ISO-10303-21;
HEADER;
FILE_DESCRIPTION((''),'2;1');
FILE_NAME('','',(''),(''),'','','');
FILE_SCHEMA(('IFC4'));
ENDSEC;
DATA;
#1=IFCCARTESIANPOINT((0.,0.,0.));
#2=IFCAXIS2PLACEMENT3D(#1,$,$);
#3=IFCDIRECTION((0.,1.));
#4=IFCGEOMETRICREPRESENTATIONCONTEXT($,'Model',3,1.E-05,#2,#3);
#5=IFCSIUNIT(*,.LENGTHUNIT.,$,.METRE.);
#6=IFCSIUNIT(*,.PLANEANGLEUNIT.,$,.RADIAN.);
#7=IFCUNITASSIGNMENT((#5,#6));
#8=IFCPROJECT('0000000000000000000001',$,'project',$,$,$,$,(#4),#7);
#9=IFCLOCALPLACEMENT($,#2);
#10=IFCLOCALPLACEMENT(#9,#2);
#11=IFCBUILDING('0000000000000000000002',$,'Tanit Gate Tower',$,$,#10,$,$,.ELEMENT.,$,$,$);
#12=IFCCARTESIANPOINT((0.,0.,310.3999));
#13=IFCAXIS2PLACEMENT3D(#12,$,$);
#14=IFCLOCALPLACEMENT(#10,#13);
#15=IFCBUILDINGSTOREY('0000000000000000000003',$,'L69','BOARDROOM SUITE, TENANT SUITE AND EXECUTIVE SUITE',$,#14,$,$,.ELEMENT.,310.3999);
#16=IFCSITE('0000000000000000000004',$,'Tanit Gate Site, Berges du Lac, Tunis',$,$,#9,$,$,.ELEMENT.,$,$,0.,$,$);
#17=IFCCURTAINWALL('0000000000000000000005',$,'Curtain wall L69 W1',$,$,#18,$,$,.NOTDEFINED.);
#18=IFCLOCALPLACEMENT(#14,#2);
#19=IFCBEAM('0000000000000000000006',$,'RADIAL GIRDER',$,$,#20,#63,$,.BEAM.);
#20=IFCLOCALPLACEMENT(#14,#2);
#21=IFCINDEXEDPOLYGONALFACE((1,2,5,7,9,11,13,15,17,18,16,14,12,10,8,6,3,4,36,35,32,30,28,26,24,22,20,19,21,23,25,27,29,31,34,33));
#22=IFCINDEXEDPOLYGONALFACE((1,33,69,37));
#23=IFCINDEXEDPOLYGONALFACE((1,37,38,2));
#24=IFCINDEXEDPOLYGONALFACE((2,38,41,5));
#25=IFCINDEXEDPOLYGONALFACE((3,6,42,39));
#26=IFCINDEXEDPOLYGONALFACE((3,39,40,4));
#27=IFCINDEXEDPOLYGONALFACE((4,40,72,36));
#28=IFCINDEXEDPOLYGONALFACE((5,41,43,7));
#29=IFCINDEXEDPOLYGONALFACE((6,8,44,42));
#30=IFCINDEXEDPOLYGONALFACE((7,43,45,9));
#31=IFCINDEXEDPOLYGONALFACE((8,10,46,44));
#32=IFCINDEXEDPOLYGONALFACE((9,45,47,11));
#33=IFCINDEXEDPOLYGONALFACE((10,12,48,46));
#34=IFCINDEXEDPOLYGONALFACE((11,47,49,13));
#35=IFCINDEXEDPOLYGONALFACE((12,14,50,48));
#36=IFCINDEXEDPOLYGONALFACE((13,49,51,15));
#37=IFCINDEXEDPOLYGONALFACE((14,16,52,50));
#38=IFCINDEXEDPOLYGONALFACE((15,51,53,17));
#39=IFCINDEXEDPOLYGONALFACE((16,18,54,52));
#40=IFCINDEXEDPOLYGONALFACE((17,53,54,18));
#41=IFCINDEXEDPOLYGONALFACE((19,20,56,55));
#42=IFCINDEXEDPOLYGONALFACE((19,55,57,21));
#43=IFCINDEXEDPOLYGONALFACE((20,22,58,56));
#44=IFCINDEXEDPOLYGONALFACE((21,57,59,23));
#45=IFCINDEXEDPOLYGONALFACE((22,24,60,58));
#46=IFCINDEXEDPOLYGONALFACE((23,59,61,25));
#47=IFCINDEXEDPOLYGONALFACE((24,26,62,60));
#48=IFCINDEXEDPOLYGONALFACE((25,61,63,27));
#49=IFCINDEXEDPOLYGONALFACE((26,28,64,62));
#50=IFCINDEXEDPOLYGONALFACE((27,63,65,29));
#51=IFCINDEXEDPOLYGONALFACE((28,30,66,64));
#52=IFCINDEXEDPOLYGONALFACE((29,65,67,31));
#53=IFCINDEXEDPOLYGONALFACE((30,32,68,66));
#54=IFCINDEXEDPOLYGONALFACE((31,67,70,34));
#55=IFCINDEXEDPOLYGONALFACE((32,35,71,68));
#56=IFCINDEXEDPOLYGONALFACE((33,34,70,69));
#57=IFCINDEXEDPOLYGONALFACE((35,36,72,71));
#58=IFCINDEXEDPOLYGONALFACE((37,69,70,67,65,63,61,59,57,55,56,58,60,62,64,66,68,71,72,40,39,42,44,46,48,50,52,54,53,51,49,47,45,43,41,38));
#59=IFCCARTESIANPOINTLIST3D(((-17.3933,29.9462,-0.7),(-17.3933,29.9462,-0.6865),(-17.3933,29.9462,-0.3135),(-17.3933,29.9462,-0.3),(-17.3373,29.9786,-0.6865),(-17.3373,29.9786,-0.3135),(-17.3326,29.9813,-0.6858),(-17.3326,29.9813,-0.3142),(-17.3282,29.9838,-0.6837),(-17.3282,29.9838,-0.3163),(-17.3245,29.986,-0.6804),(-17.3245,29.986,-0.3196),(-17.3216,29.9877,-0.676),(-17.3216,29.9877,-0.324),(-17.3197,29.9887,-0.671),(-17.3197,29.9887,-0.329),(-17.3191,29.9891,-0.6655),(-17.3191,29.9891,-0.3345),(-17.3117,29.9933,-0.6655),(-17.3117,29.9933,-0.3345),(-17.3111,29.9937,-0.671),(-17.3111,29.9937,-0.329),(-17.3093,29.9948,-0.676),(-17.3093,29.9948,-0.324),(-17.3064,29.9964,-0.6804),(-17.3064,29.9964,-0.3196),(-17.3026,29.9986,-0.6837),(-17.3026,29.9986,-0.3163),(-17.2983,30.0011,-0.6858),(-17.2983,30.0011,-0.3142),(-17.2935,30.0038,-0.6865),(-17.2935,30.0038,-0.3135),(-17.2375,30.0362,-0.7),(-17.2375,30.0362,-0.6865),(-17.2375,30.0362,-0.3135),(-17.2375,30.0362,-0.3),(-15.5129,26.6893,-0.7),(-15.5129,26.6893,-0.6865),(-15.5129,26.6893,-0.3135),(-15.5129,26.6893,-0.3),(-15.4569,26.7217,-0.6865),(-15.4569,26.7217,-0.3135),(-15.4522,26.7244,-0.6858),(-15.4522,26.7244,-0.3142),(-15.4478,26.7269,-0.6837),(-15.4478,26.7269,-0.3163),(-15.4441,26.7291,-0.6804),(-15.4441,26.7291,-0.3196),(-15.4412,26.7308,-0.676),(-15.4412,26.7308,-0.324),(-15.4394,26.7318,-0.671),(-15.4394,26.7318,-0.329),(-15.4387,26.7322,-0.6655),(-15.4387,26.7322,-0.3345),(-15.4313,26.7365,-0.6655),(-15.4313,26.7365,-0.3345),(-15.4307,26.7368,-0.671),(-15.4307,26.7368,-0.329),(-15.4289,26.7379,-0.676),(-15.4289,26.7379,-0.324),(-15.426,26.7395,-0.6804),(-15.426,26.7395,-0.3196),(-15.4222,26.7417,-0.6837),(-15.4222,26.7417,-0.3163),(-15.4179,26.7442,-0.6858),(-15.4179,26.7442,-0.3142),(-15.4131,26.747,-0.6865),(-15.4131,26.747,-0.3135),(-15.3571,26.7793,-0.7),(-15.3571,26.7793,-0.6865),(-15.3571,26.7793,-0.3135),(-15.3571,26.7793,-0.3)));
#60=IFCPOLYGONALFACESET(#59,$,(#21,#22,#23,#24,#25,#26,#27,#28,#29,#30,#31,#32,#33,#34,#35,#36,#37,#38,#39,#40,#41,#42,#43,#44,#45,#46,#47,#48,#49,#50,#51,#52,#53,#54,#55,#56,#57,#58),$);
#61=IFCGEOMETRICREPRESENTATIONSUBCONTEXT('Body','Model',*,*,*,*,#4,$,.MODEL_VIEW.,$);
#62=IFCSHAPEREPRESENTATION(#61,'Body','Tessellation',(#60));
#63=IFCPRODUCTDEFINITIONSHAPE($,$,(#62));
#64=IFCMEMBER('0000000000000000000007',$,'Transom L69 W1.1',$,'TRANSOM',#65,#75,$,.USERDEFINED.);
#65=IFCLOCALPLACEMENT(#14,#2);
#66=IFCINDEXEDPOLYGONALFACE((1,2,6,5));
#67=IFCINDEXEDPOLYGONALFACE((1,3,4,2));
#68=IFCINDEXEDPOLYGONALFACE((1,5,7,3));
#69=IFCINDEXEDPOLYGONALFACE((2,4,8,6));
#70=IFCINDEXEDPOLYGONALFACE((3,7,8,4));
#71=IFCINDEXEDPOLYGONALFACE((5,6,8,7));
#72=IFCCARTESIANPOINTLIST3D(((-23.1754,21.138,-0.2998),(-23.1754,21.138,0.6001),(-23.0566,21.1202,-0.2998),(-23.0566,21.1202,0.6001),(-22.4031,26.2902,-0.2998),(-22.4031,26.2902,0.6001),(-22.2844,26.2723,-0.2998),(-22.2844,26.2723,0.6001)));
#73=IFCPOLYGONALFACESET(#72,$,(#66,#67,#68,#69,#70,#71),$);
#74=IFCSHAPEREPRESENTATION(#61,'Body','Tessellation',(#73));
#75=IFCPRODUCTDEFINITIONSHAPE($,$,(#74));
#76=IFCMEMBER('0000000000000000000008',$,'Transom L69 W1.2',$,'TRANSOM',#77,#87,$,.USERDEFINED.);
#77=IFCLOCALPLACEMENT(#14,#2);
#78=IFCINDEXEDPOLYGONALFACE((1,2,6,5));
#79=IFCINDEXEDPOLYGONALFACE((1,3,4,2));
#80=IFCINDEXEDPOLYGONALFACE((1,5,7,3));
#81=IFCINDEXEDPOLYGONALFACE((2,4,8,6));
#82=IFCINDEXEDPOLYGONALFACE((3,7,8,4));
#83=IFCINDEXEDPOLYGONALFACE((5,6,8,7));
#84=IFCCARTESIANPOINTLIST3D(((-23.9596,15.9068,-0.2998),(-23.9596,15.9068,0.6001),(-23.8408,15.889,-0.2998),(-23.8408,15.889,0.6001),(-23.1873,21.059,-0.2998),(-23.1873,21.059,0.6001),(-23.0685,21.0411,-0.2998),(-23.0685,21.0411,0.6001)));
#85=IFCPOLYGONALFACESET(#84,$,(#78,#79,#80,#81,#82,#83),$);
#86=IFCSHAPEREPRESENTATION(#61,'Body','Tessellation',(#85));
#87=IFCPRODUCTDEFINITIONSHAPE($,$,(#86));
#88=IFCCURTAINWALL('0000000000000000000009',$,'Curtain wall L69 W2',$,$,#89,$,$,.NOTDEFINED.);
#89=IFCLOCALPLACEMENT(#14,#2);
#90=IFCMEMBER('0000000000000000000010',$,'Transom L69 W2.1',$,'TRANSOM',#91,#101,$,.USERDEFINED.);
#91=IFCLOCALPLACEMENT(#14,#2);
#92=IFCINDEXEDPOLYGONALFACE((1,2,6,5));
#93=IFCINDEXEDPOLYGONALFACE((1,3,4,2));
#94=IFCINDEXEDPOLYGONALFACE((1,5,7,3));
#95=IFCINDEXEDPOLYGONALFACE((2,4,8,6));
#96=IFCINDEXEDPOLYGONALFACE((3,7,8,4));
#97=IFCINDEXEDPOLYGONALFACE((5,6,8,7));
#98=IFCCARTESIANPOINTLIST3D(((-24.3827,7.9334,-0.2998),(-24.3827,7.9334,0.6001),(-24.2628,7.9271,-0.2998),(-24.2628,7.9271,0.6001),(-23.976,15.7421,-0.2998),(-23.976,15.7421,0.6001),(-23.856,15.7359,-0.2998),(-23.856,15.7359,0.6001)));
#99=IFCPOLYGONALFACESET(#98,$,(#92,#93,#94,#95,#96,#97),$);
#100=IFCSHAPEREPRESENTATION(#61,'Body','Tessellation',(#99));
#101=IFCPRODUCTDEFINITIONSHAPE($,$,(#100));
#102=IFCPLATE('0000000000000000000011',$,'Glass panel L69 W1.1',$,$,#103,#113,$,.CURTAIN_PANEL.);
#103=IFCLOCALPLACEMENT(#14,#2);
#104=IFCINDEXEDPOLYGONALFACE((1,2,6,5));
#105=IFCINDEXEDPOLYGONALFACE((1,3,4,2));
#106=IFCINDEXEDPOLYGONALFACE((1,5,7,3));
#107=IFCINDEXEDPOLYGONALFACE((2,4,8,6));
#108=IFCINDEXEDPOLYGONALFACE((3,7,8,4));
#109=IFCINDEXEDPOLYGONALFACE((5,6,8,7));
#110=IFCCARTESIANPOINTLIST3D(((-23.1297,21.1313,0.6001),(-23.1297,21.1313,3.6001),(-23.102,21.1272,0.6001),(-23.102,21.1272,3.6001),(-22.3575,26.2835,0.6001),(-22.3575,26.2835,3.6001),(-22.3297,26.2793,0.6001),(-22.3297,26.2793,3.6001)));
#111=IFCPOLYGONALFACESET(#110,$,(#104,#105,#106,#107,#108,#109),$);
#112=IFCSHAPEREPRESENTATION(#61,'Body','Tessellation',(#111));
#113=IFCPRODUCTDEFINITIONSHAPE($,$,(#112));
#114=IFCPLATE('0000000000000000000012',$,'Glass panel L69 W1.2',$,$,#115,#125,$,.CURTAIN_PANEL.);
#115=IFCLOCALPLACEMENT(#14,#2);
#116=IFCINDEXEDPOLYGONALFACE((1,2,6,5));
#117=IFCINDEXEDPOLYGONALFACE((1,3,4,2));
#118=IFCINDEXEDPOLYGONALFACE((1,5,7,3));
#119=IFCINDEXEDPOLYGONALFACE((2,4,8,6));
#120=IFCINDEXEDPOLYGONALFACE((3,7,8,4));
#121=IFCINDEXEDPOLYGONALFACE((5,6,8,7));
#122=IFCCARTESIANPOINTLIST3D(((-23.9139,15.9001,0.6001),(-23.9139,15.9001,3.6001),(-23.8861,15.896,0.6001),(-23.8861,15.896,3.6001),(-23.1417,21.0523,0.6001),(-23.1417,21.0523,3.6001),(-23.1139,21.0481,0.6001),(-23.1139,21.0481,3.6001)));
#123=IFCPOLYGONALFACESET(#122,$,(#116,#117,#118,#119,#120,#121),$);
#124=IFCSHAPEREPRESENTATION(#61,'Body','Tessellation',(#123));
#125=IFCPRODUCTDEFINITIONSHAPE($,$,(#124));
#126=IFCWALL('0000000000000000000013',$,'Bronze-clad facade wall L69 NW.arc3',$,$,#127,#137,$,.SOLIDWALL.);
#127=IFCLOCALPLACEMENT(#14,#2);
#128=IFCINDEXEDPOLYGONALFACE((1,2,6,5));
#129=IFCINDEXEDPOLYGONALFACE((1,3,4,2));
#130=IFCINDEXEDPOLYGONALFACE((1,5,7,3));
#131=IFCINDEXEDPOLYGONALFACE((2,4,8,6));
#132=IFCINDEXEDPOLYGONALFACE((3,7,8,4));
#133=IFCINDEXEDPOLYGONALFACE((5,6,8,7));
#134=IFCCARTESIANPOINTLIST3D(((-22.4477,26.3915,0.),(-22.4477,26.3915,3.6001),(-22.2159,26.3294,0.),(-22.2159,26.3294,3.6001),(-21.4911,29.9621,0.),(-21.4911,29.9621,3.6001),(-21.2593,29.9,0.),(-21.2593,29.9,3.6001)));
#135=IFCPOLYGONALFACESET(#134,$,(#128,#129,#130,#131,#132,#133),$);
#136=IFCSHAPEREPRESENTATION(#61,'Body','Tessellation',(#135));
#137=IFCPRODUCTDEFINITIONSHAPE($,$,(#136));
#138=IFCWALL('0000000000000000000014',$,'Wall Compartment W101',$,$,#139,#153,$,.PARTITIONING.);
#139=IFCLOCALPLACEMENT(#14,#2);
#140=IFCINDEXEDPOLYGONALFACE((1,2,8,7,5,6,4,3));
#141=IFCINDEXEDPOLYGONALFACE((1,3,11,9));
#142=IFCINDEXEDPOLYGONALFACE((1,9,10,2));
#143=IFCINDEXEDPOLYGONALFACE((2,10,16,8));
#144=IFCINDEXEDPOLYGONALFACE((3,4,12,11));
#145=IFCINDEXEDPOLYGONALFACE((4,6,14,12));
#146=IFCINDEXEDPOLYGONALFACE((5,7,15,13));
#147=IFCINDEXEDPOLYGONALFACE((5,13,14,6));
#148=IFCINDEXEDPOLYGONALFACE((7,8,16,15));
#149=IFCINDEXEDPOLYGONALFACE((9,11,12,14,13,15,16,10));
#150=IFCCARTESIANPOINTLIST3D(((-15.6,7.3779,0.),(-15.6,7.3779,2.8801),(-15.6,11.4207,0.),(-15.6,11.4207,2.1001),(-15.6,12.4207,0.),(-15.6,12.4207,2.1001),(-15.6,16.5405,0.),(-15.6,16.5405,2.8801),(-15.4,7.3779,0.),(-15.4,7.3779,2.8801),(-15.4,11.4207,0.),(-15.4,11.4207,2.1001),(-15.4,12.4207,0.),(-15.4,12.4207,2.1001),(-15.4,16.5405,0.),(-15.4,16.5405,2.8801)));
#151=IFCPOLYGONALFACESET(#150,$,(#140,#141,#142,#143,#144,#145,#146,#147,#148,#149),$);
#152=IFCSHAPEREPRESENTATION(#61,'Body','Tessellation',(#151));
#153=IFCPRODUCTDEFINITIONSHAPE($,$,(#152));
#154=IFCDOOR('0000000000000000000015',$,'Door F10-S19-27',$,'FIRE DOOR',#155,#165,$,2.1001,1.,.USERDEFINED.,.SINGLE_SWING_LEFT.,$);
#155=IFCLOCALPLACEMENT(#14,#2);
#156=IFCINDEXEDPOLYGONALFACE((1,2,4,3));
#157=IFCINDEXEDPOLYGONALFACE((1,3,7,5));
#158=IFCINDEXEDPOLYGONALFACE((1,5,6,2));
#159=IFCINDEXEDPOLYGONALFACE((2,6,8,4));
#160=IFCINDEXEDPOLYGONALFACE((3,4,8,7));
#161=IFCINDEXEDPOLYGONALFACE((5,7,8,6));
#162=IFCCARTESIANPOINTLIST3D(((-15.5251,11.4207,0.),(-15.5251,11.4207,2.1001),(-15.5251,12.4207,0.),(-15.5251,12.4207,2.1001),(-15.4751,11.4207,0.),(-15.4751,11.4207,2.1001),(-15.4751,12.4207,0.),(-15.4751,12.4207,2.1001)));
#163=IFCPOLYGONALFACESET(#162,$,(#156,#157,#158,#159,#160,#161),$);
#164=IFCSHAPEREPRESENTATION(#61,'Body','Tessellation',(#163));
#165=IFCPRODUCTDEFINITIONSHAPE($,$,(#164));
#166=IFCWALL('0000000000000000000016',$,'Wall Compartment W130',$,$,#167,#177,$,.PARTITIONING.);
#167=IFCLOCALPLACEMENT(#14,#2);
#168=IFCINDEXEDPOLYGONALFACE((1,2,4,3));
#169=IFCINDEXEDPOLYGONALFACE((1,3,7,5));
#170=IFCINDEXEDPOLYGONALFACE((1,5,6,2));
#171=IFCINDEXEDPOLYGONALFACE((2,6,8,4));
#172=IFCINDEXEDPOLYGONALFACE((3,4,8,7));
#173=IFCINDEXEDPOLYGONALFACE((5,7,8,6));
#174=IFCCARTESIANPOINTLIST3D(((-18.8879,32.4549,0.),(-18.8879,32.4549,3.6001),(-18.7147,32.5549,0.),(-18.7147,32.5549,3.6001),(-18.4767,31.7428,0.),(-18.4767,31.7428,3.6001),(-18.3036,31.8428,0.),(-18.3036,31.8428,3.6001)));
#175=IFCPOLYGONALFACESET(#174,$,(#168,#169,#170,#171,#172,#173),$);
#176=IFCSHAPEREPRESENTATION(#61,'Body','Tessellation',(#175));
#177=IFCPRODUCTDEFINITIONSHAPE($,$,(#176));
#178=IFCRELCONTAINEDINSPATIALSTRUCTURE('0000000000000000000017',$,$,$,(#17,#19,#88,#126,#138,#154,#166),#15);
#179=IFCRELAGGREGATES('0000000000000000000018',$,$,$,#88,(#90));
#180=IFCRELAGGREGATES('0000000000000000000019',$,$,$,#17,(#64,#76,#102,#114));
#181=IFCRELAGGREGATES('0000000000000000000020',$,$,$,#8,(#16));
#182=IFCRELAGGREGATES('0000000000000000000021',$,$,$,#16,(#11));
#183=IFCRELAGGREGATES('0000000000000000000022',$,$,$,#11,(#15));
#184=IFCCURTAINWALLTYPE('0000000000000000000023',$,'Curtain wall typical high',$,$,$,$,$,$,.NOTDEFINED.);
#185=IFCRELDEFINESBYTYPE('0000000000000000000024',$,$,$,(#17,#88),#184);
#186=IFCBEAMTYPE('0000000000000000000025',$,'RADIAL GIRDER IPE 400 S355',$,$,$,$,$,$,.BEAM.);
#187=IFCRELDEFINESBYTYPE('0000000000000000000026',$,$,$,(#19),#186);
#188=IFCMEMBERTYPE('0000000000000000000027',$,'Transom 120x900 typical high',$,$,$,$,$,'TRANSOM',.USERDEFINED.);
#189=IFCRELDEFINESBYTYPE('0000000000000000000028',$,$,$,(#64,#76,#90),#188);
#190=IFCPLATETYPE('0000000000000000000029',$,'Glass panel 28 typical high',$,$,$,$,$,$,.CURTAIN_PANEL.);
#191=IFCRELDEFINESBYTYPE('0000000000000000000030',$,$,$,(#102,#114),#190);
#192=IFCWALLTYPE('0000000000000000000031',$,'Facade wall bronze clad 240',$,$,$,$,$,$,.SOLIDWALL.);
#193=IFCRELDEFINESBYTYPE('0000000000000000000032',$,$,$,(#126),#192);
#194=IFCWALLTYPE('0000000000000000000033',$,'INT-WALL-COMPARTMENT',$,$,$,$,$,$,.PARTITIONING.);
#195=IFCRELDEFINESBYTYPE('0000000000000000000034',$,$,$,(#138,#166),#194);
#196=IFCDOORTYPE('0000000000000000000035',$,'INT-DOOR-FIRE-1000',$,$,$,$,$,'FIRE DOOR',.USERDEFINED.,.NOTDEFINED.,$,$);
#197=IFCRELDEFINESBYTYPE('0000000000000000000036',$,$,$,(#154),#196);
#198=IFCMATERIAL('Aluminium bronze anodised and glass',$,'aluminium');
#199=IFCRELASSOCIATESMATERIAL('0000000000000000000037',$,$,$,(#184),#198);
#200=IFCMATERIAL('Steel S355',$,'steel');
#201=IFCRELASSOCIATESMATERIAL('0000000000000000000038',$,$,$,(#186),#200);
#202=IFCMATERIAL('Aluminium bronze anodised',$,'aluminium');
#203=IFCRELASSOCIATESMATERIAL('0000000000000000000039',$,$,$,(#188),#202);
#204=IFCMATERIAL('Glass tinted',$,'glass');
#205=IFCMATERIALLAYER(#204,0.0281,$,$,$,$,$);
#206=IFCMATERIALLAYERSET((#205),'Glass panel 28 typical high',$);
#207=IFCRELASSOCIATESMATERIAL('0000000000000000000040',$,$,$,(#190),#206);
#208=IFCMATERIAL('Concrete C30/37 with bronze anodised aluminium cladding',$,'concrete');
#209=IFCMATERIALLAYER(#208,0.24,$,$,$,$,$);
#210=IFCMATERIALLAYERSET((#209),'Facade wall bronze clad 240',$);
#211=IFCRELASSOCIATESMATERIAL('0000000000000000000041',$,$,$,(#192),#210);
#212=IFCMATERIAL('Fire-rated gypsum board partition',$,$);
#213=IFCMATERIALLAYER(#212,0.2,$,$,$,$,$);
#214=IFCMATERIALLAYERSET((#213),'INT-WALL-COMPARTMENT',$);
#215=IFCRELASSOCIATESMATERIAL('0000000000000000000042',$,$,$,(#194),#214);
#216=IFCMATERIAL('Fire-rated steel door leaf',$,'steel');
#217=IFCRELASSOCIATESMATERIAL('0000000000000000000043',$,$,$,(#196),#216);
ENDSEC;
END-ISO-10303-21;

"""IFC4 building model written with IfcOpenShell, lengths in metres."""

from ifc_helpers import new_model, si_unit, direction, frame, frame_2d, origin, origin_2d, place, context, subcontext, project, spatial, rectangle, i_section, extrude, material, layer, layer_set, material_profile, profile_set, type_object, element, fill, aggregate, save


model = new_model("IFC4")

# Units and contexts
model_context = context("Model", 3, precision=1e-05, world=origin(), true_north=direction((0.0, 1.0)))
body_context = subcontext(model_context, "Body", "Model", "MODEL_VIEW")
ifc_project = project(units=[si_unit("LENGTHUNIT", "METRE"), si_unit("PLANEANGLEUNIT", "RADIAN")], contexts=[model_context])

# Site, building, storey
site_placement = place(None, origin())
site = spatial("IfcSite", under=ifc_project, at=site_placement, Name="Tanit Gate Site, Berges du Lac, Tunis", CompositionType="ELEMENT", RefElevation=0.0)
building_placement = place(site_placement, origin())
building = spatial("IfcBuilding", under=site, at=building_placement, Name="Tanit Gate Tower", CompositionType="ELEMENT")
storey_placement = place(building_placement, frame((0.0, 0.0, 310.3999)))
storey = spatial("IfcBuildingStorey", under=building, at=storey_placement, Name="L69", Description="BOARDROOM SUITE, TENANT SUITE AND EXECUTIVE SUITE", CompositionType="ELEMENT", Elevation=310.3999)

# Curtain wall
ifc_material_1 = material(Name="Aluminium bronze anodised and glass", Category="aluminium")
curtain_wall_type = type_object("IfcCurtainWallType", Name="Curtain wall typical high", PredefinedType="NOTDEFINED", material=ifc_material_1)
curtain_wall_1_placement = place(storey_placement, origin())
curtain_wall_1 = element("IfcCurtainWall", 1, at=curtain_wall_1_placement, inside=storey, type_object=curtain_wall_type, Name="Curtain wall L69 W1", PredefinedType="NOTDEFINED")

# Beam
ifc_material_2 = material(Name="Steel S355", Category="steel")
ifc_material_profile_1 = material_profile(ifc_material_2, i_section(OverallWidth=0.1799, OverallDepth=0.3999, WebThickness=0.0085, FlangeThickness=0.0134, FilletRadius=0.021, at=origin_2d()), Name="IPE 400")
ifc_profile_set_1 = profile_set([ifc_material_profile_1], Name="Steel S355")
beam_type_1 = type_object("IfcBeamType", Name="RADIAL GIRDER IPE 400 S355", PredefinedType="BEAM", material=ifc_profile_set_1)
beam_1_placement = place(storey_placement, frame((-17.3154, 29.9912, -0.5), z_axis=(0.500007, -0.866021, 0.0), x_axis=(0.866021, 0.500007, 0.0)))
element("IfcBeam", 2, at=beam_1_placement, inside=storey, type_object=beam_type_1, Name="RADIAL GIRDER", PredefinedType="BEAM", context=body_context, shape_type="SweptSolid", body=[
    extrude(i_section(OverallWidth=0.1799, OverallDepth=0.3999, WebThickness=0.0085, FlangeThickness=0.0134, FilletRadius=0.021, at=origin_2d()), origin(), (0.0, 0.0, 1.0), 3.7607),
])

# Members
ifc_material_3 = material(Name="Aluminium bronze anodised", Category="aluminium")
ifc_material_profile_2 = material_profile(ifc_material_3, rectangle(XDim=0.1201, YDim=0.8999, at=origin_2d()), Name="120x900 bronze transom")
ifc_profile_set_2 = profile_set([ifc_material_profile_2], Name="Aluminium bronze anodised")
member_type_1 = type_object("IfcMemberType", Name="Transom 120x900 typical high", ElementType="TRANSOM", PredefinedType="USERDEFINED", material=ifc_profile_set_2)
member_1_placement = place(storey_placement, frame((-22.3438, 26.2812, 0.1501), z_axis=(-0.148228, -0.988953, 0.0), x_axis=(0.988953, -0.148228, 0.0)))
member_1 = element("IfcMember", 3, at=member_1_placement, type_object=member_type_1, Name="Transom L69 W1.1", ObjectType="TRANSOM", PredefinedType="USERDEFINED", context=body_context, shape_type="SweptSolid", body=[
    extrude(rectangle(XDim=0.1201, YDim=0.8999, at=origin_2d()), origin(), (0.0, 0.0, 1.0), 5.2097),
])
member_2_placement = place(storey_placement, frame((-23.1279, 21.05, 0.1501), z_axis=(-0.148228, -0.988953, 0.0), x_axis=(0.988953, -0.148228, 0.0)))
member_2 = element("IfcMember", 4, at=member_2_placement, type_object=member_type_1, Name="Transom L69 W1.2", ObjectType="TRANSOM", PredefinedType="USERDEFINED", context=body_context, shape_type="SweptSolid", body=[
    extrude(rectangle(XDim=0.1201, YDim=0.8999, at=origin_2d()), origin(), (0.0, 0.0, 1.0), 5.2097),
])

# Curtain wall, member
curtain_wall_2_placement = place(storey_placement, origin())
curtain_wall_2 = element("IfcCurtainWall", 5, at=curtain_wall_2_placement, inside=storey, type_object=curtain_wall_type, Name="Curtain wall L69 W2", PredefinedType="NOTDEFINED")
member_3_placement = place(storey_placement, frame((-23.916, 15.739, 0.1501), z_axis=(-0.052016, -0.998646, 0.0), x_axis=(0.998646, -0.052016, 0.0)))
member_3 = element("IfcMember", 6, at=member_3_placement, type_object=member_type_1, Name="Transom L69 W2.1", ObjectType="TRANSOM", PredefinedType="USERDEFINED", context=body_context, shape_type="SweptSolid", body=[
    extrude(rectangle(XDim=0.1201, YDim=0.8999, at=origin_2d()), origin(), (0.0, 0.0, 1.0), 7.8193),
])
aggregate(curtain_wall_2, [member_3])

# Plates
ifc_material_4 = material(Name="Glass tinted", Category="glass")
ifc_layer_1 = layer(ifc_material_4, 0.0281)
ifc_layer_set_1 = layer_set([ifc_layer_1], Name="Glass panel 28 typical high")
plate_type = type_object("IfcPlateType", Name="Glass panel 28 typical high", PredefinedType="CURTAIN_PANEL", material=ifc_layer_set_1)
plate_1_placement = place(storey_placement, frame((-22.7297, 23.7053, 0.6001), z_axis=(0.0, 0.0, 1.0), x_axis=(-0.148229, -0.988953, 0.0)))
plate_1 = element("IfcPlate", 7, at=plate_1_placement, type_object=plate_type, Name="Glass panel L69 W1.1", PredefinedType="CURTAIN_PANEL", context=body_context, shape_type="SweptSolid", body=[
    extrude(rectangle(XDim=5.2097, YDim=0.0281, at=origin_2d()), origin(), (0.0, 0.0, 1.0), 3.0),
])
plate_2_placement = place(storey_placement, frame((-23.5139, 18.4741, 0.6001), z_axis=(0.0, 0.0, 1.0), x_axis=(-0.148229, -0.988953, 0.0)))
plate_2 = element("IfcPlate", 8, at=plate_2_placement, type_object=plate_type, Name="Glass panel L69 W1.2", PredefinedType="CURTAIN_PANEL", context=body_context, shape_type="SweptSolid", body=[
    extrude(rectangle(XDim=5.2097, YDim=0.0281, at=origin_2d()), origin(), (0.0, 0.0, 1.0), 3.0),
])
aggregate(curtain_wall_1, [member_1, member_2, plate_1, plate_2])

# Wall
ifc_material_5 = material(Name="Concrete C30/37 with bronze anodised aluminium cladding", Category="concrete")
ifc_layer_2 = layer(ifc_material_5, 0.24)
ifc_layer_set_2 = layer_set([ifc_layer_2], Name="Facade wall bronze clad 240")
wall_type_1 = type_object("IfcWallType", Name="Facade wall bronze clad 240", PredefinedType="SOLIDWALL", material=ifc_layer_set_2)
wall_1_placement = place(storey_placement, frame((-21.3752, 29.9309, 0.0), z_axis=(0.0, 0.0, 1.0), x_axis=(-0.258772, -0.965938, 0.0)))
element("IfcWall", 9, at=wall_1_placement, inside=storey, type_object=wall_type_1, Name="Bronze-clad facade wall L69 NW.arc3", PredefinedType="SOLIDWALL", context=body_context, shape_type="SweptSolid", body=[
    extrude(rectangle(XDim=3.6965, YDim=0.24, at=frame_2d((1.8481, 0.0))), origin(), (0.0, 0.0, 1.0), 3.6001),
])

# Wall, opening, door
ifc_material_6 = material(Name="Fire-rated gypsum board partition")
ifc_layer_3 = layer(ifc_material_6, 0.2)
ifc_layer_set_3 = layer_set([ifc_layer_3], Name="INT-WALL-COMPARTMENT")
wall_type_2 = type_object("IfcWallType", Name="INT-WALL-COMPARTMENT", PredefinedType="PARTITIONING", material=ifc_layer_set_3)
wall_2_placement = place(storey_placement, frame((-15.5, 16.5405, 0.0), z_axis=(0.0, 0.0, 1.0), x_axis=(0.0, -1.0, 0.0)))
wall_2 = element("IfcWall", 10, at=wall_2_placement, inside=storey, type_object=wall_type_2, Name="Wall Compartment W101", PredefinedType="PARTITIONING", context=body_context, shape_type="SweptSolid", body=[
    extrude(rectangle(XDim=9.1626, YDim=0.2, at=frame_2d((4.5813, 0.0))), origin(), (0.0, 0.0, 1.0), 2.8801),
])
opening_placement = place(wall_2_placement, frame((4.1199, 0.0, 0.0)))
opening = element("IfcOpeningElement", 11, at=opening_placement, cuts=wall_2, PredefinedType="OPENING", context=body_context, shape_type="SweptSolid", body=[
    extrude(rectangle(XDim=1.0, YDim=2.1001, at=frame_2d((0.5, 1.05))), frame((0.0, 0.1099, 0.0), z_axis=(0.0, -1.0, 0.0), x_axis=(1.0, 0.0, 0.0)), (0.0, 0.0, 1.0), 0.22),
])
ifc_material_7 = material(Name="Fire-rated steel door leaf", Category="steel")
door_type = type_object("IfcDoorType", Name="INT-DOOR-FIRE-1000", ElementType="FIRE DOOR", OperationType="NOTDEFINED", PredefinedType="USERDEFINED", material=ifc_material_7)
door_placement = place(opening_placement, origin())
door = element("IfcDoor", 12, at=door_placement, inside=storey, type_object=door_type, Name="Door F10-S19-27", ObjectType="FIRE DOOR", OperationType="SINGLE_SWING_LEFT", OverallHeight=2.1001, OverallWidth=1.0, PredefinedType="USERDEFINED", context=body_context, shape_type="SweptSolid", body=[
    extrude(rectangle(XDim=1.0, YDim=2.1001, at=frame_2d((0.5, 1.05))), frame((0.0, 0.0249, 0.0), z_axis=(0.0, -1.0, 0.0), x_axis=(1.0, 0.0, 0.0)), (0.0, 0.0, 1.0), 0.05),
])
fill(opening, door)

# Wall
wall_3_placement = place(storey_placement, frame((-18.8013, 32.5049, 0.0), z_axis=(0.0, 0.0, 1.0), x_axis=(0.499971, -0.866042, 0.0)))
element("IfcWall", 13, at=wall_3_placement, inside=storey, type_object=wall_type_2, Name="Wall Compartment W130", PredefinedType="PARTITIONING", context=body_context, shape_type="SweptSolid", body=[
    extrude(rectangle(XDim=0.8223, YDim=0.2, at=frame_2d((0.4111, 0.0))), origin(), (0.0, 0.0, 1.0), 3.6001),
])

save(model, "model.ifc")
